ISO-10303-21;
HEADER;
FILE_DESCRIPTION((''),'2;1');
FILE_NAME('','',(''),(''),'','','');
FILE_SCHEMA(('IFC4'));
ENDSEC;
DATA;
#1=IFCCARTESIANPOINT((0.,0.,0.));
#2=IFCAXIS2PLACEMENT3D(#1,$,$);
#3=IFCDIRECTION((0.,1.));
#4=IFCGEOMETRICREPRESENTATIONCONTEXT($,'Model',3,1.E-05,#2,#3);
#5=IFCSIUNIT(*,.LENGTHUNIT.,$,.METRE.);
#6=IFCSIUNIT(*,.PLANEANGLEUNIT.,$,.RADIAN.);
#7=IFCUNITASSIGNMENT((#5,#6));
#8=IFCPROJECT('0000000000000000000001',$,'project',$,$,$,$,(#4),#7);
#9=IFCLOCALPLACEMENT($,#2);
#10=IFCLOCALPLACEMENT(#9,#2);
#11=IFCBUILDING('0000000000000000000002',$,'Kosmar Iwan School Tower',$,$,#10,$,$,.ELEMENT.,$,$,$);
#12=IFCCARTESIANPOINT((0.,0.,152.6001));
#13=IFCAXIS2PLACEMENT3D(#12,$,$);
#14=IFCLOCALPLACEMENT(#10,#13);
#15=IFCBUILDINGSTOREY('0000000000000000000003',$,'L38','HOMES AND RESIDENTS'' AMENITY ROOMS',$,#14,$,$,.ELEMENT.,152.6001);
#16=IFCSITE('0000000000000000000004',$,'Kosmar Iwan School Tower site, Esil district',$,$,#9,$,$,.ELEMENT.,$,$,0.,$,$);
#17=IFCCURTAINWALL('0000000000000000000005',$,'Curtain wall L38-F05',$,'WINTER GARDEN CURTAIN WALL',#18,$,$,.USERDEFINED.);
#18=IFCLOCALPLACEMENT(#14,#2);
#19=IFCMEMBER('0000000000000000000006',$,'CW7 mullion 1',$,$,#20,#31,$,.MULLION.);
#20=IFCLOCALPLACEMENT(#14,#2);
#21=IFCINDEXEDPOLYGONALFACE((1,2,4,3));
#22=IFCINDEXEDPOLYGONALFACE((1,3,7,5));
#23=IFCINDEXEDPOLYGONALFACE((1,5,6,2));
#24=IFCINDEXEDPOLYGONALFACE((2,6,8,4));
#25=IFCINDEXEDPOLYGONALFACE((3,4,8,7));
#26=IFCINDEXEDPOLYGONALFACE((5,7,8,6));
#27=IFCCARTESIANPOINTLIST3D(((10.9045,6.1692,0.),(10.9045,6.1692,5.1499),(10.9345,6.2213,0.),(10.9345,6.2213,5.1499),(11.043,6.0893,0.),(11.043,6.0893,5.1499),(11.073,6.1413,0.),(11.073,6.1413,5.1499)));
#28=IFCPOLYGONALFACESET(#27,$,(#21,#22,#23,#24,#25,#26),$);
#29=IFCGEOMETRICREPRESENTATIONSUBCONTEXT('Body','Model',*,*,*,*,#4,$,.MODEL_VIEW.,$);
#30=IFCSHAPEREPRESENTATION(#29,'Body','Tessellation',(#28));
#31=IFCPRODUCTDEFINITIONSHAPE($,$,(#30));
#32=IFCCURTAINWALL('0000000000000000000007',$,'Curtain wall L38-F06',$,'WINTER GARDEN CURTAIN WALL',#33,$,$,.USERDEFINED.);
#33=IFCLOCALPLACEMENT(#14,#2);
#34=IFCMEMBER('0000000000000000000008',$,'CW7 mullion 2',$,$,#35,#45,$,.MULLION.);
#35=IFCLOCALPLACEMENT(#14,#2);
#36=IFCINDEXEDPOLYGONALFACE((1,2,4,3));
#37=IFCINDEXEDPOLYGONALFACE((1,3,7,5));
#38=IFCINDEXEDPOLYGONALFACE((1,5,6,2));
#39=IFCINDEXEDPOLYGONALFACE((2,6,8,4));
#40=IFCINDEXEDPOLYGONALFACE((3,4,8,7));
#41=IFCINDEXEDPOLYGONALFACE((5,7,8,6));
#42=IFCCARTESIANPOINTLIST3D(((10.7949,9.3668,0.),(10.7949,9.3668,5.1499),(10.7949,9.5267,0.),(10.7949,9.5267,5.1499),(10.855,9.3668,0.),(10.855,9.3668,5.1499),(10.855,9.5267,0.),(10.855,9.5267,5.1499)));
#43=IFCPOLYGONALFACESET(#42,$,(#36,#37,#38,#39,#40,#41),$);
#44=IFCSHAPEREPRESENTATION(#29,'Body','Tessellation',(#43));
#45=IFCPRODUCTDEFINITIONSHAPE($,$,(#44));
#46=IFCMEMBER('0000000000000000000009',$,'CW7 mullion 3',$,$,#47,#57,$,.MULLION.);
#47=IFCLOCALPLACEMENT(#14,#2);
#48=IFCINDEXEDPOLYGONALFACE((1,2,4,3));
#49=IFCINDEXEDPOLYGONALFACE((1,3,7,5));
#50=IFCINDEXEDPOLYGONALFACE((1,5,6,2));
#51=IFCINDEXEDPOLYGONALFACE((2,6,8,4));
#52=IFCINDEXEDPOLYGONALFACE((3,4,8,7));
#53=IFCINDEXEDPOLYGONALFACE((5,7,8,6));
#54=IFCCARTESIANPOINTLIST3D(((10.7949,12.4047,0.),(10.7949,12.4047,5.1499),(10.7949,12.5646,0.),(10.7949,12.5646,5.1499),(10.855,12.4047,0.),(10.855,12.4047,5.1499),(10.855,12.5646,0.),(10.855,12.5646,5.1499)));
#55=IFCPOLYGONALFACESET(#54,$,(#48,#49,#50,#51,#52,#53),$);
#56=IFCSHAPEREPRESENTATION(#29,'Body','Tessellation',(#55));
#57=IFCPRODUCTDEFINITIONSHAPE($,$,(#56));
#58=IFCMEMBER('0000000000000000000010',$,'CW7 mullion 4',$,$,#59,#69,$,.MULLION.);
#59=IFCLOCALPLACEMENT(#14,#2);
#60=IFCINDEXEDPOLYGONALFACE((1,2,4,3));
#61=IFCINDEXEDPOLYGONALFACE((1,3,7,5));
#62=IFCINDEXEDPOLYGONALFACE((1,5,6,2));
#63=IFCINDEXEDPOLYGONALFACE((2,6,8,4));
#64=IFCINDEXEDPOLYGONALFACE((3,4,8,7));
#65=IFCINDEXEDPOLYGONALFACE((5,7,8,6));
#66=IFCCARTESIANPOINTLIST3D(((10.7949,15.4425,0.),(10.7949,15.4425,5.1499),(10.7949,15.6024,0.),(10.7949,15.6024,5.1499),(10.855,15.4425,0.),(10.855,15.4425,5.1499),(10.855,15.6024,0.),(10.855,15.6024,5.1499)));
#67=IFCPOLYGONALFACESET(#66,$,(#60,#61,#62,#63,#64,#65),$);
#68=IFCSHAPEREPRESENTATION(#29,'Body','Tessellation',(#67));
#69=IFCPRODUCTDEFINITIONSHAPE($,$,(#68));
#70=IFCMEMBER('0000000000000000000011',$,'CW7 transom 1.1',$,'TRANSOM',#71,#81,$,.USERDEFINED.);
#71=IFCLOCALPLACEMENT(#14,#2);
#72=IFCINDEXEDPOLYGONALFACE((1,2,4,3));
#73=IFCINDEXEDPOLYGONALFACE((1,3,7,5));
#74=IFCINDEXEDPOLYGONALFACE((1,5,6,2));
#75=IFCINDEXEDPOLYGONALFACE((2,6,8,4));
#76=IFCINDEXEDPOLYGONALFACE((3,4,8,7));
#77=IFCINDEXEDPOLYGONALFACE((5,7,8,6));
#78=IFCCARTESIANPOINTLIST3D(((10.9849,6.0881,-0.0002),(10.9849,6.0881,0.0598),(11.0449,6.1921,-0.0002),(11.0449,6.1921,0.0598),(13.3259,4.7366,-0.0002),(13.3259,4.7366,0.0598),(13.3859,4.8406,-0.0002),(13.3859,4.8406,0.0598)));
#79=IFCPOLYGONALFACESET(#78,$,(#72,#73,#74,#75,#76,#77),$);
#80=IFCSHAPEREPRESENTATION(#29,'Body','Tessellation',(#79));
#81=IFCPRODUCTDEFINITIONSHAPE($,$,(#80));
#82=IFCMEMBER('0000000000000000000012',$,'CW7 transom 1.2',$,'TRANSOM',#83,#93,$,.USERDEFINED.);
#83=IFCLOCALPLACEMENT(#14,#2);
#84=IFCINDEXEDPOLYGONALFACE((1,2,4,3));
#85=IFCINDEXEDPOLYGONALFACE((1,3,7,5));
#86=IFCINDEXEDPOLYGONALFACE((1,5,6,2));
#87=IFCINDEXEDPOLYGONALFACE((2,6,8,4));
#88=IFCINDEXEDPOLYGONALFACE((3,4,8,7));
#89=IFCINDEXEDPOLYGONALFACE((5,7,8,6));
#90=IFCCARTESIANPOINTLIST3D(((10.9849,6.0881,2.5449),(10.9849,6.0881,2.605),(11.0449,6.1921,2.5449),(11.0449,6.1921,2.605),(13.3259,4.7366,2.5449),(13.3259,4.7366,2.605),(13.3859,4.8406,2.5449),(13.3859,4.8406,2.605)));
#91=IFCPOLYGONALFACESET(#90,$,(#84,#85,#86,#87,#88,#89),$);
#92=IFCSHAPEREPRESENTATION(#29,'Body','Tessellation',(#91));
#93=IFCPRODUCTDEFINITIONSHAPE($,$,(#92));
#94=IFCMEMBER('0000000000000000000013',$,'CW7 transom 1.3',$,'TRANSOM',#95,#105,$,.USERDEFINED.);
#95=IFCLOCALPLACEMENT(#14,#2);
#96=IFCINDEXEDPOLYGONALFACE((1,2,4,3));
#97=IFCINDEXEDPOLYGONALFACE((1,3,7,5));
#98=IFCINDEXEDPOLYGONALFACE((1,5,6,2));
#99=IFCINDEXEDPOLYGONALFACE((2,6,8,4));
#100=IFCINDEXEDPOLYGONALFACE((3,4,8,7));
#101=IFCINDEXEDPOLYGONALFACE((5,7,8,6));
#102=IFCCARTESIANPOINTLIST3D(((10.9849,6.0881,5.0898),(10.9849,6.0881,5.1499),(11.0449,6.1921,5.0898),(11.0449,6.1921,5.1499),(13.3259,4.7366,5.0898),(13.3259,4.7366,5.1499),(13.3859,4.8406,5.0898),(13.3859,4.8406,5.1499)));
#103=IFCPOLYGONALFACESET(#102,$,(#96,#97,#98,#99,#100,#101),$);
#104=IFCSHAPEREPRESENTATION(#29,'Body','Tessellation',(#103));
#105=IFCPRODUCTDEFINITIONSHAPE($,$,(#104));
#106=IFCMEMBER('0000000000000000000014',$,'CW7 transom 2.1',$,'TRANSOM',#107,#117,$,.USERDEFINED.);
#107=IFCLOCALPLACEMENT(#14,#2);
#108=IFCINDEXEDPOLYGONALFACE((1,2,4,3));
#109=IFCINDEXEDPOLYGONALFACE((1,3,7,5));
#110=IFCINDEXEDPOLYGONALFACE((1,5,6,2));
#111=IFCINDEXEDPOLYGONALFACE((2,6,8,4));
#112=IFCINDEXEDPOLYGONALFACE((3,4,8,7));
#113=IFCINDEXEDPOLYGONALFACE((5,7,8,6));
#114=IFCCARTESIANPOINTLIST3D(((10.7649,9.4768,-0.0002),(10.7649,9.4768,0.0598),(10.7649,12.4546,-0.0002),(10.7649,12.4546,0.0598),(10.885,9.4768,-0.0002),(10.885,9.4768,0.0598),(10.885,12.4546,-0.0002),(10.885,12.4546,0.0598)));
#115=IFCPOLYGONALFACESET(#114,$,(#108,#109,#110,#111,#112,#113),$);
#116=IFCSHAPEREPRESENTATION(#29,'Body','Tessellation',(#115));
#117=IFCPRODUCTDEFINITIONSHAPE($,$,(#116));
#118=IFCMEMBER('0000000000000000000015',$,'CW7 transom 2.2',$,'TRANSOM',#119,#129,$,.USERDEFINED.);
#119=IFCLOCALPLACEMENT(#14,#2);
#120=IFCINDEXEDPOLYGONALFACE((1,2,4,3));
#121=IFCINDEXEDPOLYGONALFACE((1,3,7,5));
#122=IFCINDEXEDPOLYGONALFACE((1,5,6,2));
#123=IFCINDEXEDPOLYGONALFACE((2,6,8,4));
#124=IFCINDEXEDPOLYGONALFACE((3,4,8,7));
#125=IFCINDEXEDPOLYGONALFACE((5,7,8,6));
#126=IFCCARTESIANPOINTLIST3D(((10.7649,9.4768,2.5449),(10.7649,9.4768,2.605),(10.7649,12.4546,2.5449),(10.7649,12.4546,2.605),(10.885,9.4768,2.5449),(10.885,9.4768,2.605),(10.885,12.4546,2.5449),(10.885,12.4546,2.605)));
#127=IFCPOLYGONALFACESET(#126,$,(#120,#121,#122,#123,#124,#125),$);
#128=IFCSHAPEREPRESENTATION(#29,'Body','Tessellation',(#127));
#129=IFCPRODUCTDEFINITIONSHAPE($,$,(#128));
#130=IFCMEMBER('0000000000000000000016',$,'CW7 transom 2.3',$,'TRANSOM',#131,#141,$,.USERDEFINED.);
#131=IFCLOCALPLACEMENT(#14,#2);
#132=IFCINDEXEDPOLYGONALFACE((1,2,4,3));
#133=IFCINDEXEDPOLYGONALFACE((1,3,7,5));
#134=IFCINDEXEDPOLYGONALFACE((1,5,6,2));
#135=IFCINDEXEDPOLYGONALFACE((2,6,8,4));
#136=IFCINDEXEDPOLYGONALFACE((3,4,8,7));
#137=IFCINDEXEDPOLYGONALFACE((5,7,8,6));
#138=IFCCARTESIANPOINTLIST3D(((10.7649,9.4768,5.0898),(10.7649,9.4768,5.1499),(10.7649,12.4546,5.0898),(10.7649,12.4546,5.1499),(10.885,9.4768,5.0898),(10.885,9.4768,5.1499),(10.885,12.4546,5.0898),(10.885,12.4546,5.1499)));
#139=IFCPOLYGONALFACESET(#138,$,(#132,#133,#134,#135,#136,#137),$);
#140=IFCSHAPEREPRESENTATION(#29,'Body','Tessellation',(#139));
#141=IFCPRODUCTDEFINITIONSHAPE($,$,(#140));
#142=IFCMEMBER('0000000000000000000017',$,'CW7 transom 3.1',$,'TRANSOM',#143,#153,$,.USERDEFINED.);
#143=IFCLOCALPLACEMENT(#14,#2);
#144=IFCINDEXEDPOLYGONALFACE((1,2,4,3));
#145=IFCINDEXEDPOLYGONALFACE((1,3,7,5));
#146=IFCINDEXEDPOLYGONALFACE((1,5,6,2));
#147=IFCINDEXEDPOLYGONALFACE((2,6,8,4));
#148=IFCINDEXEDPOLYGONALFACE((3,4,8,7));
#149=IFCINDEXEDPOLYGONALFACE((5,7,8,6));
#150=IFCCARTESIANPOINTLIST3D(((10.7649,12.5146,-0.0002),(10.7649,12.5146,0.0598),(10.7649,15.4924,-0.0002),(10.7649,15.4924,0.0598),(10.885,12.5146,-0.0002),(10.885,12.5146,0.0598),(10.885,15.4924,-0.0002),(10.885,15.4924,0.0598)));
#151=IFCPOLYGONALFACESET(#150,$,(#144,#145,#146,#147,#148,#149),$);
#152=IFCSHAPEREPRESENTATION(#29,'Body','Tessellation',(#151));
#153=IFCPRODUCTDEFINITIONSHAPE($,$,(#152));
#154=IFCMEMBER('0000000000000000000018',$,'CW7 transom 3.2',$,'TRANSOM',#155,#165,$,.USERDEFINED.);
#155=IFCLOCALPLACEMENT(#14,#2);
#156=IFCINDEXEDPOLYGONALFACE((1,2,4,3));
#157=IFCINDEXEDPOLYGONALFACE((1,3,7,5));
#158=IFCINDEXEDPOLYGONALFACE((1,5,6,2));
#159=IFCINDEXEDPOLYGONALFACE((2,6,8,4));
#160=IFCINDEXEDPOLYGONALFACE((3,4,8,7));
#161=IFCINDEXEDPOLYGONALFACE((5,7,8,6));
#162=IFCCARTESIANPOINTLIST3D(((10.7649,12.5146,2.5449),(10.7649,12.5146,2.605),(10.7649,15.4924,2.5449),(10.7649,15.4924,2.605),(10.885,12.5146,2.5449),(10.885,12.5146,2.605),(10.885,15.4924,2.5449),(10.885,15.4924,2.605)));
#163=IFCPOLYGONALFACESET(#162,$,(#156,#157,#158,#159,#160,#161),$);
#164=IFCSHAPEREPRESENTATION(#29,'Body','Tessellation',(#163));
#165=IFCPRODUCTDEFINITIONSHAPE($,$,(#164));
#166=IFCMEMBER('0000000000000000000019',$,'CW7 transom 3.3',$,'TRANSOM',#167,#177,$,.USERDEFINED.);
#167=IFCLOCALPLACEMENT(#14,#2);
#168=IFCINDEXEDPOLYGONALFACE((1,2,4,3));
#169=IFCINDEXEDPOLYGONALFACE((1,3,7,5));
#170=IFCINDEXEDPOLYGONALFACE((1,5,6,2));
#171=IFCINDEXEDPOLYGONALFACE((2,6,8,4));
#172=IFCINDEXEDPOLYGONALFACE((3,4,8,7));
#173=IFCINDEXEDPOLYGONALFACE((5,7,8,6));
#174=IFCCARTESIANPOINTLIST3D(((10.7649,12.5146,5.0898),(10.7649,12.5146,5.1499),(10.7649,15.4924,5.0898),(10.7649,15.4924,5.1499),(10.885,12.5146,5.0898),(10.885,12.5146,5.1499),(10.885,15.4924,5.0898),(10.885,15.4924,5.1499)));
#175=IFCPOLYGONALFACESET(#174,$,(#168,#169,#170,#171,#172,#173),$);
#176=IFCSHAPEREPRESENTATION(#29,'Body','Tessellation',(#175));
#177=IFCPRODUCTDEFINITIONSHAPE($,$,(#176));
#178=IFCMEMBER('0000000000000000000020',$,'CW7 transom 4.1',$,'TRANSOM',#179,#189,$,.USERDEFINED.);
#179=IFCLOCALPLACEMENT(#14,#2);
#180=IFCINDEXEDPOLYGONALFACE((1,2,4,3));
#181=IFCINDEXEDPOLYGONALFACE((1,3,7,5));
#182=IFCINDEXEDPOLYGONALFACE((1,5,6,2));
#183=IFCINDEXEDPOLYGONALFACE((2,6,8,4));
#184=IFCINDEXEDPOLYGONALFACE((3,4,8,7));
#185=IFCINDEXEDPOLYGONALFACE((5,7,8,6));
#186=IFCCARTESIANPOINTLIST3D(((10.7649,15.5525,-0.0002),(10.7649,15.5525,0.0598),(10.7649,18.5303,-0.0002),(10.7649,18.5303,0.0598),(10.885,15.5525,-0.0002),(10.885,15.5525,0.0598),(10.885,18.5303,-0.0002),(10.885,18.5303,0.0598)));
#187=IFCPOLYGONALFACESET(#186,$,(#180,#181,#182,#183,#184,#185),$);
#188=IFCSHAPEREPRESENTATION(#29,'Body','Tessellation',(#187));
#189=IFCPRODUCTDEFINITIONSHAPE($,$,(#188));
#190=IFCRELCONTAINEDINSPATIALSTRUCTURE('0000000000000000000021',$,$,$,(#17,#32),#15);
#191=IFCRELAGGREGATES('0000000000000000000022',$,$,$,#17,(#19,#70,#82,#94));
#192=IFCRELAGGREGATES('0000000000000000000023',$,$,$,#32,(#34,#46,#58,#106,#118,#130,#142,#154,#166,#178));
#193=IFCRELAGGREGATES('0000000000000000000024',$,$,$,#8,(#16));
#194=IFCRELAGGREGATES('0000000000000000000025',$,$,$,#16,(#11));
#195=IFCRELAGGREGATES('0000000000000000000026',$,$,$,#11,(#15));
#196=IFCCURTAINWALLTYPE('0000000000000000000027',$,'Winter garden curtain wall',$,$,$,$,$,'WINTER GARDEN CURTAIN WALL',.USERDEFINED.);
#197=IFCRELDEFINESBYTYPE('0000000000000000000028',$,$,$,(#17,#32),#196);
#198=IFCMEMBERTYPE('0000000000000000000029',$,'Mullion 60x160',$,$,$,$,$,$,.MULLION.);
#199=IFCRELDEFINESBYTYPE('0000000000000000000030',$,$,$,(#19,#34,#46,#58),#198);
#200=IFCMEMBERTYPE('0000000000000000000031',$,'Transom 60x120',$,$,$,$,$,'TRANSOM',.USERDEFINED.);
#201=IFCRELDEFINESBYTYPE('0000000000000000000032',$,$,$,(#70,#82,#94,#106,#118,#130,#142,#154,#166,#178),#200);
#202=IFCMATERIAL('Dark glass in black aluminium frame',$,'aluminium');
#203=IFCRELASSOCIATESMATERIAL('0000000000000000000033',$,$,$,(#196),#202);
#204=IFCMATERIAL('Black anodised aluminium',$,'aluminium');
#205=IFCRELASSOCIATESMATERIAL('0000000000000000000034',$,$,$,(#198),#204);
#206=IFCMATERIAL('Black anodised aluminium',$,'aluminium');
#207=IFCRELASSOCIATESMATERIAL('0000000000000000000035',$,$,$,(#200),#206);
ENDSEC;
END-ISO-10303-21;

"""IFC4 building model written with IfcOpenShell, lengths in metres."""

from ifc_helpers import new_model, si_unit, direction, frame, origin, origin_2d, place, context, subcontext, project, spatial, rectangle, extrude, material, material_profile, profile_set, type_object, element, aggregate, save


model = new_model("IFC4")

# Units and contexts
model_context = context("Model", 3, precision=1e-05, world=origin(), true_north=direction((0.0, 1.0)))
body_context = subcontext(model_context, "Body", "Model", "MODEL_VIEW")
ifc_project = project(units=[si_unit("LENGTHUNIT", "METRE"), si_unit("PLANEANGLEUNIT", "RADIAN")], contexts=[model_context])

# Site, building, storey
site_placement = place(None, origin())
site = spatial("IfcSite", under=ifc_project, at=site_placement, Name="Kosmar Iwan School Tower site, Esil district", CompositionType="ELEMENT", RefElevation=0.0)
building_placement = place(site_placement, origin())
building = spatial("IfcBuilding", under=site, at=building_placement, Name="Kosmar Iwan School Tower", CompositionType="ELEMENT")
storey_placement = place(building_placement, frame((0.0, 0.0, 152.6001)))
storey = spatial("IfcBuildingStorey", under=building, at=storey_placement, Name="L38", Description="HOMES AND RESIDENTS' AMENITY ROOMS", CompositionType="ELEMENT", Elevation=152.6001)

# Curtain wall, member
ifc_material_1 = material(Name="Dark glass in black aluminium frame", Category="aluminium")
curtain_wall_type = type_object("IfcCurtainWallType", Name="Winter garden curtain wall", ElementType="WINTER GARDEN CURTAIN WALL", PredefinedType="USERDEFINED", material=ifc_material_1)
curtain_wall_1_placement = place(storey_placement, origin())
curtain_wall_1 = element("IfcCurtainWall", 1, at=curtain_wall_1_placement, inside=storey, type_object=curtain_wall_type, Name="Curtain wall L38-F05", ObjectType="WINTER GARDEN CURTAIN WALL", PredefinedType="USERDEFINED")
ifc_material_2 = material(Name="Black anodised aluminium", Category="aluminium")
ifc_material_profile_1 = material_profile(ifc_material_2, rectangle(XDim=0.0601, YDim=0.1599, at=origin_2d()), Name="MULLION 60x160")
ifc_profile_set_1 = profile_set([ifc_material_profile_1], Name="Black anodised aluminium")
member_type_1 = type_object("IfcMemberType", Name="Mullion 60x160", PredefinedType="MULLION", material=ifc_profile_set_1)
member_1_placement = place(storey_placement, frame((10.9888, 6.1553, 0.0), z_axis=(0.0, 0.0, 1.0), x_axis=(0.5, 0.866025, 0.0)))
member_1 = element("IfcMember", 2, at=member_1_placement, type_object=member_type_1, Name="CW7 mullion 1", PredefinedType="MULLION", context=body_context, shape_type="SweptSolid", body=[
    extrude(rectangle(XDim=0.0601, YDim=0.1599, at=origin_2d()), origin(), (0.0, 0.0, 1.0), 5.1499),
])

# Curtain wall, members
curtain_wall_2_placement = place(storey_placement, origin())
curtain_wall_2 = element("IfcCurtainWall", 3, at=curtain_wall_2_placement, inside=storey, type_object=curtain_wall_type, Name="Curtain wall L38-F06", ObjectType="WINTER GARDEN CURTAIN WALL", PredefinedType="USERDEFINED")
member_2_placement = place(storey_placement, frame((10.825, 9.4468, 0.0), z_axis=(0.0, 0.0, 1.0), x_axis=(-1.0, 0.0, 0.0)))
member_2 = element("IfcMember", 4, at=member_2_placement, type_object=member_type_1, Name="CW7 mullion 2", PredefinedType="MULLION", context=body_context, shape_type="SweptSolid", body=[
    extrude(rectangle(XDim=0.0601, YDim=0.1599, at=origin_2d()), origin(), (0.0, 0.0, 1.0), 5.1499),
])
member_3_placement = place(storey_placement, frame((10.825, 12.4846, 0.0), z_axis=(0.0, 0.0, 1.0), x_axis=(-1.0, 0.0, 0.0)))
member_3 = element("IfcMember", 5, at=member_3_placement, type_object=member_type_1, Name="CW7 mullion 3", PredefinedType="MULLION", context=body_context, shape_type="SweptSolid", body=[
    extrude(rectangle(XDim=0.0601, YDim=0.1599, at=origin_2d()), origin(), (0.0, 0.0, 1.0), 5.1499),
])
member_4_placement = place(storey_placement, frame((10.825, 15.5225, 0.0), z_axis=(0.0, 0.0, 1.0), x_axis=(-1.0, 0.0, 0.0)))
member_4 = element("IfcMember", 6, at=member_4_placement, type_object=member_type_1, Name="CW7 mullion 4", PredefinedType="MULLION", context=body_context, shape_type="SweptSolid", body=[
    extrude(rectangle(XDim=0.0601, YDim=0.1599, at=origin_2d()), origin(), (0.0, 0.0, 1.0), 5.1499),
])

# Members
ifc_material_3 = material(Name="Black anodised aluminium", Category="aluminium")
ifc_material_profile_2 = material_profile(ifc_material_3, rectangle(XDim=0.1201, YDim=0.0601, at=origin_2d()), Name="TRANSOM 60x120")
ifc_profile_set_2 = profile_set([ifc_material_profile_2], Name="Black anodised aluminium")
member_type_2 = type_object("IfcMemberType", Name="Transom 60x120", ElementType="TRANSOM", PredefinedType="USERDEFINED", material=ifc_profile_set_2)
member_5_placement = place(storey_placement, frame((11.0149, 6.1401, 0.0298), z_axis=(0.866034, -0.499986, 0.0), x_axis=(0.499986, 0.866034, 0.0)))
member_5 = element("IfcMember", 7, at=member_5_placement, type_object=member_type_2, Name="CW7 transom 1.1", ObjectType="TRANSOM", PredefinedType="USERDEFINED", context=body_context, shape_type="SweptSolid", body=[
    extrude(rectangle(XDim=0.1201, YDim=0.0601, at=origin_2d()), origin(), (0.0, 0.0, 1.0), 2.7031),
])
member_6_placement = place(storey_placement, frame((11.0149, 6.1401, 2.575), z_axis=(0.866034, -0.499986, 0.0), x_axis=(0.499986, 0.866034, 0.0)))
member_6 = element("IfcMember", 8, at=member_6_placement, type_object=member_type_2, Name="CW7 transom 1.2", ObjectType="TRANSOM", PredefinedType="USERDEFINED", context=body_context, shape_type="SweptSolid", body=[
    extrude(rectangle(XDim=0.1201, YDim=0.0601, at=origin_2d()), origin(), (0.0, 0.0, 1.0), 2.7031),
])
member_7_placement = place(storey_placement, frame((11.0149, 6.1401, 5.1199), z_axis=(0.866034, -0.499986, 0.0), x_axis=(0.499986, 0.866034, 0.0)))
member_7 = element("IfcMember", 9, at=member_7_placement, type_object=member_type_2, Name="CW7 transom 1.3", ObjectType="TRANSOM", PredefinedType="USERDEFINED", context=body_context, shape_type="SweptSolid", body=[
    extrude(rectangle(XDim=0.1201, YDim=0.0601, at=origin_2d()), origin(), (0.0, 0.0, 1.0), 2.7031),
])
member_8_placement = place(storey_placement, frame((10.825, 9.4768, 0.0298), z_axis=(0.0, 1.0, 0.0), x_axis=(-1.0, 0.0, 0.0)))
member_8 = element("IfcMember", 10, at=member_8_placement, type_object=member_type_2, Name="CW7 transom 2.1", ObjectType="TRANSOM", PredefinedType="USERDEFINED", context=body_context, shape_type="SweptSolid", body=[
    extrude(rectangle(XDim=0.1201, YDim=0.0601, at=origin_2d()), origin(), (0.0, 0.0, 1.0), 2.9778),
])
member_9_placement = place(storey_placement, frame((10.825, 9.4768, 2.575), z_axis=(0.0, 1.0, 0.0), x_axis=(-1.0, 0.0, 0.0)))
member_9 = element("IfcMember", 11, at=member_9_placement, type_object=member_type_2, Name="CW7 transom 2.2", ObjectType="TRANSOM", PredefinedType="USERDEFINED", context=body_context, shape_type="SweptSolid", body=[
    extrude(rectangle(XDim=0.1201, YDim=0.0601, at=origin_2d()), origin(), (0.0, 0.0, 1.0), 2.9778),
])
member_10_placement = place(storey_placement, frame((10.825, 9.4768, 5.1199), z_axis=(0.0, 1.0, 0.0), x_axis=(-1.0, 0.0, 0.0)))
member_10 = element("IfcMember", 12, at=member_10_placement, type_object=member_type_2, Name="CW7 transom 2.3", ObjectType="TRANSOM", PredefinedType="USERDEFINED", context=body_context, shape_type="SweptSolid", body=[
    extrude(rectangle(XDim=0.1201, YDim=0.0601, at=origin_2d()), origin(), (0.0, 0.0, 1.0), 2.9778),
])
member_11_placement = place(storey_placement, frame((10.825, 12.5146, 0.0298), z_axis=(0.0, 1.0, 0.0), x_axis=(-1.0, 0.0, 0.0)))
member_11 = element("IfcMember", 13, at=member_11_placement, type_object=member_type_2, Name="CW7 transom 3.1", ObjectType="TRANSOM", PredefinedType="USERDEFINED", context=body_context, shape_type="SweptSolid", body=[
    extrude(rectangle(XDim=0.1201, YDim=0.0601, at=origin_2d()), origin(), (0.0, 0.0, 1.0), 2.9778),
])
member_12_placement = place(storey_placement, frame((10.825, 12.5146, 2.575), z_axis=(0.0, 1.0, 0.0), x_axis=(-1.0, 0.0, 0.0)))
member_12 = element("IfcMember", 14, at=member_12_placement, type_object=member_type_2, Name="CW7 transom 3.2", ObjectType="TRANSOM", PredefinedType="USERDEFINED", context=body_context, shape_type="SweptSolid", body=[
    extrude(rectangle(XDim=0.1201, YDim=0.0601, at=origin_2d()), origin(), (0.0, 0.0, 1.0), 2.9778),
])
member_13_placement = place(storey_placement, frame((10.825, 12.5146, 5.1199), z_axis=(0.0, 1.0, 0.0), x_axis=(-1.0, 0.0, 0.0)))
member_13 = element("IfcMember", 15, at=member_13_placement, type_object=member_type_2, Name="CW7 transom 3.3", ObjectType="TRANSOM", PredefinedType="USERDEFINED", context=body_context, shape_type="SweptSolid", body=[
    extrude(rectangle(XDim=0.1201, YDim=0.0601, at=origin_2d()), origin(), (0.0, 0.0, 1.0), 2.9778),
])
member_14_placement = place(storey_placement, frame((10.825, 15.5525, 0.0298), z_axis=(0.0, 1.0, 0.0), x_axis=(-1.0, 0.0, 0.0)))
member_14 = element("IfcMember", 16, at=member_14_placement, type_object=member_type_2, Name="CW7 transom 4.1", ObjectType="TRANSOM", PredefinedType="USERDEFINED", context=body_context, shape_type="SweptSolid", body=[
    extrude(rectangle(XDim=0.1201, YDim=0.0601, at=origin_2d()), origin(), (0.0, 0.0, 1.0), 2.9778),
])

aggregate(curtain_wall_1, [member_1, member_5, member_6, member_7])
aggregate(curtain_wall_2, [member_2, member_3, member_4, member_8, member_9, member_10, member_11, member_12, member_13, member_14])

save(model, "model.ifc")
